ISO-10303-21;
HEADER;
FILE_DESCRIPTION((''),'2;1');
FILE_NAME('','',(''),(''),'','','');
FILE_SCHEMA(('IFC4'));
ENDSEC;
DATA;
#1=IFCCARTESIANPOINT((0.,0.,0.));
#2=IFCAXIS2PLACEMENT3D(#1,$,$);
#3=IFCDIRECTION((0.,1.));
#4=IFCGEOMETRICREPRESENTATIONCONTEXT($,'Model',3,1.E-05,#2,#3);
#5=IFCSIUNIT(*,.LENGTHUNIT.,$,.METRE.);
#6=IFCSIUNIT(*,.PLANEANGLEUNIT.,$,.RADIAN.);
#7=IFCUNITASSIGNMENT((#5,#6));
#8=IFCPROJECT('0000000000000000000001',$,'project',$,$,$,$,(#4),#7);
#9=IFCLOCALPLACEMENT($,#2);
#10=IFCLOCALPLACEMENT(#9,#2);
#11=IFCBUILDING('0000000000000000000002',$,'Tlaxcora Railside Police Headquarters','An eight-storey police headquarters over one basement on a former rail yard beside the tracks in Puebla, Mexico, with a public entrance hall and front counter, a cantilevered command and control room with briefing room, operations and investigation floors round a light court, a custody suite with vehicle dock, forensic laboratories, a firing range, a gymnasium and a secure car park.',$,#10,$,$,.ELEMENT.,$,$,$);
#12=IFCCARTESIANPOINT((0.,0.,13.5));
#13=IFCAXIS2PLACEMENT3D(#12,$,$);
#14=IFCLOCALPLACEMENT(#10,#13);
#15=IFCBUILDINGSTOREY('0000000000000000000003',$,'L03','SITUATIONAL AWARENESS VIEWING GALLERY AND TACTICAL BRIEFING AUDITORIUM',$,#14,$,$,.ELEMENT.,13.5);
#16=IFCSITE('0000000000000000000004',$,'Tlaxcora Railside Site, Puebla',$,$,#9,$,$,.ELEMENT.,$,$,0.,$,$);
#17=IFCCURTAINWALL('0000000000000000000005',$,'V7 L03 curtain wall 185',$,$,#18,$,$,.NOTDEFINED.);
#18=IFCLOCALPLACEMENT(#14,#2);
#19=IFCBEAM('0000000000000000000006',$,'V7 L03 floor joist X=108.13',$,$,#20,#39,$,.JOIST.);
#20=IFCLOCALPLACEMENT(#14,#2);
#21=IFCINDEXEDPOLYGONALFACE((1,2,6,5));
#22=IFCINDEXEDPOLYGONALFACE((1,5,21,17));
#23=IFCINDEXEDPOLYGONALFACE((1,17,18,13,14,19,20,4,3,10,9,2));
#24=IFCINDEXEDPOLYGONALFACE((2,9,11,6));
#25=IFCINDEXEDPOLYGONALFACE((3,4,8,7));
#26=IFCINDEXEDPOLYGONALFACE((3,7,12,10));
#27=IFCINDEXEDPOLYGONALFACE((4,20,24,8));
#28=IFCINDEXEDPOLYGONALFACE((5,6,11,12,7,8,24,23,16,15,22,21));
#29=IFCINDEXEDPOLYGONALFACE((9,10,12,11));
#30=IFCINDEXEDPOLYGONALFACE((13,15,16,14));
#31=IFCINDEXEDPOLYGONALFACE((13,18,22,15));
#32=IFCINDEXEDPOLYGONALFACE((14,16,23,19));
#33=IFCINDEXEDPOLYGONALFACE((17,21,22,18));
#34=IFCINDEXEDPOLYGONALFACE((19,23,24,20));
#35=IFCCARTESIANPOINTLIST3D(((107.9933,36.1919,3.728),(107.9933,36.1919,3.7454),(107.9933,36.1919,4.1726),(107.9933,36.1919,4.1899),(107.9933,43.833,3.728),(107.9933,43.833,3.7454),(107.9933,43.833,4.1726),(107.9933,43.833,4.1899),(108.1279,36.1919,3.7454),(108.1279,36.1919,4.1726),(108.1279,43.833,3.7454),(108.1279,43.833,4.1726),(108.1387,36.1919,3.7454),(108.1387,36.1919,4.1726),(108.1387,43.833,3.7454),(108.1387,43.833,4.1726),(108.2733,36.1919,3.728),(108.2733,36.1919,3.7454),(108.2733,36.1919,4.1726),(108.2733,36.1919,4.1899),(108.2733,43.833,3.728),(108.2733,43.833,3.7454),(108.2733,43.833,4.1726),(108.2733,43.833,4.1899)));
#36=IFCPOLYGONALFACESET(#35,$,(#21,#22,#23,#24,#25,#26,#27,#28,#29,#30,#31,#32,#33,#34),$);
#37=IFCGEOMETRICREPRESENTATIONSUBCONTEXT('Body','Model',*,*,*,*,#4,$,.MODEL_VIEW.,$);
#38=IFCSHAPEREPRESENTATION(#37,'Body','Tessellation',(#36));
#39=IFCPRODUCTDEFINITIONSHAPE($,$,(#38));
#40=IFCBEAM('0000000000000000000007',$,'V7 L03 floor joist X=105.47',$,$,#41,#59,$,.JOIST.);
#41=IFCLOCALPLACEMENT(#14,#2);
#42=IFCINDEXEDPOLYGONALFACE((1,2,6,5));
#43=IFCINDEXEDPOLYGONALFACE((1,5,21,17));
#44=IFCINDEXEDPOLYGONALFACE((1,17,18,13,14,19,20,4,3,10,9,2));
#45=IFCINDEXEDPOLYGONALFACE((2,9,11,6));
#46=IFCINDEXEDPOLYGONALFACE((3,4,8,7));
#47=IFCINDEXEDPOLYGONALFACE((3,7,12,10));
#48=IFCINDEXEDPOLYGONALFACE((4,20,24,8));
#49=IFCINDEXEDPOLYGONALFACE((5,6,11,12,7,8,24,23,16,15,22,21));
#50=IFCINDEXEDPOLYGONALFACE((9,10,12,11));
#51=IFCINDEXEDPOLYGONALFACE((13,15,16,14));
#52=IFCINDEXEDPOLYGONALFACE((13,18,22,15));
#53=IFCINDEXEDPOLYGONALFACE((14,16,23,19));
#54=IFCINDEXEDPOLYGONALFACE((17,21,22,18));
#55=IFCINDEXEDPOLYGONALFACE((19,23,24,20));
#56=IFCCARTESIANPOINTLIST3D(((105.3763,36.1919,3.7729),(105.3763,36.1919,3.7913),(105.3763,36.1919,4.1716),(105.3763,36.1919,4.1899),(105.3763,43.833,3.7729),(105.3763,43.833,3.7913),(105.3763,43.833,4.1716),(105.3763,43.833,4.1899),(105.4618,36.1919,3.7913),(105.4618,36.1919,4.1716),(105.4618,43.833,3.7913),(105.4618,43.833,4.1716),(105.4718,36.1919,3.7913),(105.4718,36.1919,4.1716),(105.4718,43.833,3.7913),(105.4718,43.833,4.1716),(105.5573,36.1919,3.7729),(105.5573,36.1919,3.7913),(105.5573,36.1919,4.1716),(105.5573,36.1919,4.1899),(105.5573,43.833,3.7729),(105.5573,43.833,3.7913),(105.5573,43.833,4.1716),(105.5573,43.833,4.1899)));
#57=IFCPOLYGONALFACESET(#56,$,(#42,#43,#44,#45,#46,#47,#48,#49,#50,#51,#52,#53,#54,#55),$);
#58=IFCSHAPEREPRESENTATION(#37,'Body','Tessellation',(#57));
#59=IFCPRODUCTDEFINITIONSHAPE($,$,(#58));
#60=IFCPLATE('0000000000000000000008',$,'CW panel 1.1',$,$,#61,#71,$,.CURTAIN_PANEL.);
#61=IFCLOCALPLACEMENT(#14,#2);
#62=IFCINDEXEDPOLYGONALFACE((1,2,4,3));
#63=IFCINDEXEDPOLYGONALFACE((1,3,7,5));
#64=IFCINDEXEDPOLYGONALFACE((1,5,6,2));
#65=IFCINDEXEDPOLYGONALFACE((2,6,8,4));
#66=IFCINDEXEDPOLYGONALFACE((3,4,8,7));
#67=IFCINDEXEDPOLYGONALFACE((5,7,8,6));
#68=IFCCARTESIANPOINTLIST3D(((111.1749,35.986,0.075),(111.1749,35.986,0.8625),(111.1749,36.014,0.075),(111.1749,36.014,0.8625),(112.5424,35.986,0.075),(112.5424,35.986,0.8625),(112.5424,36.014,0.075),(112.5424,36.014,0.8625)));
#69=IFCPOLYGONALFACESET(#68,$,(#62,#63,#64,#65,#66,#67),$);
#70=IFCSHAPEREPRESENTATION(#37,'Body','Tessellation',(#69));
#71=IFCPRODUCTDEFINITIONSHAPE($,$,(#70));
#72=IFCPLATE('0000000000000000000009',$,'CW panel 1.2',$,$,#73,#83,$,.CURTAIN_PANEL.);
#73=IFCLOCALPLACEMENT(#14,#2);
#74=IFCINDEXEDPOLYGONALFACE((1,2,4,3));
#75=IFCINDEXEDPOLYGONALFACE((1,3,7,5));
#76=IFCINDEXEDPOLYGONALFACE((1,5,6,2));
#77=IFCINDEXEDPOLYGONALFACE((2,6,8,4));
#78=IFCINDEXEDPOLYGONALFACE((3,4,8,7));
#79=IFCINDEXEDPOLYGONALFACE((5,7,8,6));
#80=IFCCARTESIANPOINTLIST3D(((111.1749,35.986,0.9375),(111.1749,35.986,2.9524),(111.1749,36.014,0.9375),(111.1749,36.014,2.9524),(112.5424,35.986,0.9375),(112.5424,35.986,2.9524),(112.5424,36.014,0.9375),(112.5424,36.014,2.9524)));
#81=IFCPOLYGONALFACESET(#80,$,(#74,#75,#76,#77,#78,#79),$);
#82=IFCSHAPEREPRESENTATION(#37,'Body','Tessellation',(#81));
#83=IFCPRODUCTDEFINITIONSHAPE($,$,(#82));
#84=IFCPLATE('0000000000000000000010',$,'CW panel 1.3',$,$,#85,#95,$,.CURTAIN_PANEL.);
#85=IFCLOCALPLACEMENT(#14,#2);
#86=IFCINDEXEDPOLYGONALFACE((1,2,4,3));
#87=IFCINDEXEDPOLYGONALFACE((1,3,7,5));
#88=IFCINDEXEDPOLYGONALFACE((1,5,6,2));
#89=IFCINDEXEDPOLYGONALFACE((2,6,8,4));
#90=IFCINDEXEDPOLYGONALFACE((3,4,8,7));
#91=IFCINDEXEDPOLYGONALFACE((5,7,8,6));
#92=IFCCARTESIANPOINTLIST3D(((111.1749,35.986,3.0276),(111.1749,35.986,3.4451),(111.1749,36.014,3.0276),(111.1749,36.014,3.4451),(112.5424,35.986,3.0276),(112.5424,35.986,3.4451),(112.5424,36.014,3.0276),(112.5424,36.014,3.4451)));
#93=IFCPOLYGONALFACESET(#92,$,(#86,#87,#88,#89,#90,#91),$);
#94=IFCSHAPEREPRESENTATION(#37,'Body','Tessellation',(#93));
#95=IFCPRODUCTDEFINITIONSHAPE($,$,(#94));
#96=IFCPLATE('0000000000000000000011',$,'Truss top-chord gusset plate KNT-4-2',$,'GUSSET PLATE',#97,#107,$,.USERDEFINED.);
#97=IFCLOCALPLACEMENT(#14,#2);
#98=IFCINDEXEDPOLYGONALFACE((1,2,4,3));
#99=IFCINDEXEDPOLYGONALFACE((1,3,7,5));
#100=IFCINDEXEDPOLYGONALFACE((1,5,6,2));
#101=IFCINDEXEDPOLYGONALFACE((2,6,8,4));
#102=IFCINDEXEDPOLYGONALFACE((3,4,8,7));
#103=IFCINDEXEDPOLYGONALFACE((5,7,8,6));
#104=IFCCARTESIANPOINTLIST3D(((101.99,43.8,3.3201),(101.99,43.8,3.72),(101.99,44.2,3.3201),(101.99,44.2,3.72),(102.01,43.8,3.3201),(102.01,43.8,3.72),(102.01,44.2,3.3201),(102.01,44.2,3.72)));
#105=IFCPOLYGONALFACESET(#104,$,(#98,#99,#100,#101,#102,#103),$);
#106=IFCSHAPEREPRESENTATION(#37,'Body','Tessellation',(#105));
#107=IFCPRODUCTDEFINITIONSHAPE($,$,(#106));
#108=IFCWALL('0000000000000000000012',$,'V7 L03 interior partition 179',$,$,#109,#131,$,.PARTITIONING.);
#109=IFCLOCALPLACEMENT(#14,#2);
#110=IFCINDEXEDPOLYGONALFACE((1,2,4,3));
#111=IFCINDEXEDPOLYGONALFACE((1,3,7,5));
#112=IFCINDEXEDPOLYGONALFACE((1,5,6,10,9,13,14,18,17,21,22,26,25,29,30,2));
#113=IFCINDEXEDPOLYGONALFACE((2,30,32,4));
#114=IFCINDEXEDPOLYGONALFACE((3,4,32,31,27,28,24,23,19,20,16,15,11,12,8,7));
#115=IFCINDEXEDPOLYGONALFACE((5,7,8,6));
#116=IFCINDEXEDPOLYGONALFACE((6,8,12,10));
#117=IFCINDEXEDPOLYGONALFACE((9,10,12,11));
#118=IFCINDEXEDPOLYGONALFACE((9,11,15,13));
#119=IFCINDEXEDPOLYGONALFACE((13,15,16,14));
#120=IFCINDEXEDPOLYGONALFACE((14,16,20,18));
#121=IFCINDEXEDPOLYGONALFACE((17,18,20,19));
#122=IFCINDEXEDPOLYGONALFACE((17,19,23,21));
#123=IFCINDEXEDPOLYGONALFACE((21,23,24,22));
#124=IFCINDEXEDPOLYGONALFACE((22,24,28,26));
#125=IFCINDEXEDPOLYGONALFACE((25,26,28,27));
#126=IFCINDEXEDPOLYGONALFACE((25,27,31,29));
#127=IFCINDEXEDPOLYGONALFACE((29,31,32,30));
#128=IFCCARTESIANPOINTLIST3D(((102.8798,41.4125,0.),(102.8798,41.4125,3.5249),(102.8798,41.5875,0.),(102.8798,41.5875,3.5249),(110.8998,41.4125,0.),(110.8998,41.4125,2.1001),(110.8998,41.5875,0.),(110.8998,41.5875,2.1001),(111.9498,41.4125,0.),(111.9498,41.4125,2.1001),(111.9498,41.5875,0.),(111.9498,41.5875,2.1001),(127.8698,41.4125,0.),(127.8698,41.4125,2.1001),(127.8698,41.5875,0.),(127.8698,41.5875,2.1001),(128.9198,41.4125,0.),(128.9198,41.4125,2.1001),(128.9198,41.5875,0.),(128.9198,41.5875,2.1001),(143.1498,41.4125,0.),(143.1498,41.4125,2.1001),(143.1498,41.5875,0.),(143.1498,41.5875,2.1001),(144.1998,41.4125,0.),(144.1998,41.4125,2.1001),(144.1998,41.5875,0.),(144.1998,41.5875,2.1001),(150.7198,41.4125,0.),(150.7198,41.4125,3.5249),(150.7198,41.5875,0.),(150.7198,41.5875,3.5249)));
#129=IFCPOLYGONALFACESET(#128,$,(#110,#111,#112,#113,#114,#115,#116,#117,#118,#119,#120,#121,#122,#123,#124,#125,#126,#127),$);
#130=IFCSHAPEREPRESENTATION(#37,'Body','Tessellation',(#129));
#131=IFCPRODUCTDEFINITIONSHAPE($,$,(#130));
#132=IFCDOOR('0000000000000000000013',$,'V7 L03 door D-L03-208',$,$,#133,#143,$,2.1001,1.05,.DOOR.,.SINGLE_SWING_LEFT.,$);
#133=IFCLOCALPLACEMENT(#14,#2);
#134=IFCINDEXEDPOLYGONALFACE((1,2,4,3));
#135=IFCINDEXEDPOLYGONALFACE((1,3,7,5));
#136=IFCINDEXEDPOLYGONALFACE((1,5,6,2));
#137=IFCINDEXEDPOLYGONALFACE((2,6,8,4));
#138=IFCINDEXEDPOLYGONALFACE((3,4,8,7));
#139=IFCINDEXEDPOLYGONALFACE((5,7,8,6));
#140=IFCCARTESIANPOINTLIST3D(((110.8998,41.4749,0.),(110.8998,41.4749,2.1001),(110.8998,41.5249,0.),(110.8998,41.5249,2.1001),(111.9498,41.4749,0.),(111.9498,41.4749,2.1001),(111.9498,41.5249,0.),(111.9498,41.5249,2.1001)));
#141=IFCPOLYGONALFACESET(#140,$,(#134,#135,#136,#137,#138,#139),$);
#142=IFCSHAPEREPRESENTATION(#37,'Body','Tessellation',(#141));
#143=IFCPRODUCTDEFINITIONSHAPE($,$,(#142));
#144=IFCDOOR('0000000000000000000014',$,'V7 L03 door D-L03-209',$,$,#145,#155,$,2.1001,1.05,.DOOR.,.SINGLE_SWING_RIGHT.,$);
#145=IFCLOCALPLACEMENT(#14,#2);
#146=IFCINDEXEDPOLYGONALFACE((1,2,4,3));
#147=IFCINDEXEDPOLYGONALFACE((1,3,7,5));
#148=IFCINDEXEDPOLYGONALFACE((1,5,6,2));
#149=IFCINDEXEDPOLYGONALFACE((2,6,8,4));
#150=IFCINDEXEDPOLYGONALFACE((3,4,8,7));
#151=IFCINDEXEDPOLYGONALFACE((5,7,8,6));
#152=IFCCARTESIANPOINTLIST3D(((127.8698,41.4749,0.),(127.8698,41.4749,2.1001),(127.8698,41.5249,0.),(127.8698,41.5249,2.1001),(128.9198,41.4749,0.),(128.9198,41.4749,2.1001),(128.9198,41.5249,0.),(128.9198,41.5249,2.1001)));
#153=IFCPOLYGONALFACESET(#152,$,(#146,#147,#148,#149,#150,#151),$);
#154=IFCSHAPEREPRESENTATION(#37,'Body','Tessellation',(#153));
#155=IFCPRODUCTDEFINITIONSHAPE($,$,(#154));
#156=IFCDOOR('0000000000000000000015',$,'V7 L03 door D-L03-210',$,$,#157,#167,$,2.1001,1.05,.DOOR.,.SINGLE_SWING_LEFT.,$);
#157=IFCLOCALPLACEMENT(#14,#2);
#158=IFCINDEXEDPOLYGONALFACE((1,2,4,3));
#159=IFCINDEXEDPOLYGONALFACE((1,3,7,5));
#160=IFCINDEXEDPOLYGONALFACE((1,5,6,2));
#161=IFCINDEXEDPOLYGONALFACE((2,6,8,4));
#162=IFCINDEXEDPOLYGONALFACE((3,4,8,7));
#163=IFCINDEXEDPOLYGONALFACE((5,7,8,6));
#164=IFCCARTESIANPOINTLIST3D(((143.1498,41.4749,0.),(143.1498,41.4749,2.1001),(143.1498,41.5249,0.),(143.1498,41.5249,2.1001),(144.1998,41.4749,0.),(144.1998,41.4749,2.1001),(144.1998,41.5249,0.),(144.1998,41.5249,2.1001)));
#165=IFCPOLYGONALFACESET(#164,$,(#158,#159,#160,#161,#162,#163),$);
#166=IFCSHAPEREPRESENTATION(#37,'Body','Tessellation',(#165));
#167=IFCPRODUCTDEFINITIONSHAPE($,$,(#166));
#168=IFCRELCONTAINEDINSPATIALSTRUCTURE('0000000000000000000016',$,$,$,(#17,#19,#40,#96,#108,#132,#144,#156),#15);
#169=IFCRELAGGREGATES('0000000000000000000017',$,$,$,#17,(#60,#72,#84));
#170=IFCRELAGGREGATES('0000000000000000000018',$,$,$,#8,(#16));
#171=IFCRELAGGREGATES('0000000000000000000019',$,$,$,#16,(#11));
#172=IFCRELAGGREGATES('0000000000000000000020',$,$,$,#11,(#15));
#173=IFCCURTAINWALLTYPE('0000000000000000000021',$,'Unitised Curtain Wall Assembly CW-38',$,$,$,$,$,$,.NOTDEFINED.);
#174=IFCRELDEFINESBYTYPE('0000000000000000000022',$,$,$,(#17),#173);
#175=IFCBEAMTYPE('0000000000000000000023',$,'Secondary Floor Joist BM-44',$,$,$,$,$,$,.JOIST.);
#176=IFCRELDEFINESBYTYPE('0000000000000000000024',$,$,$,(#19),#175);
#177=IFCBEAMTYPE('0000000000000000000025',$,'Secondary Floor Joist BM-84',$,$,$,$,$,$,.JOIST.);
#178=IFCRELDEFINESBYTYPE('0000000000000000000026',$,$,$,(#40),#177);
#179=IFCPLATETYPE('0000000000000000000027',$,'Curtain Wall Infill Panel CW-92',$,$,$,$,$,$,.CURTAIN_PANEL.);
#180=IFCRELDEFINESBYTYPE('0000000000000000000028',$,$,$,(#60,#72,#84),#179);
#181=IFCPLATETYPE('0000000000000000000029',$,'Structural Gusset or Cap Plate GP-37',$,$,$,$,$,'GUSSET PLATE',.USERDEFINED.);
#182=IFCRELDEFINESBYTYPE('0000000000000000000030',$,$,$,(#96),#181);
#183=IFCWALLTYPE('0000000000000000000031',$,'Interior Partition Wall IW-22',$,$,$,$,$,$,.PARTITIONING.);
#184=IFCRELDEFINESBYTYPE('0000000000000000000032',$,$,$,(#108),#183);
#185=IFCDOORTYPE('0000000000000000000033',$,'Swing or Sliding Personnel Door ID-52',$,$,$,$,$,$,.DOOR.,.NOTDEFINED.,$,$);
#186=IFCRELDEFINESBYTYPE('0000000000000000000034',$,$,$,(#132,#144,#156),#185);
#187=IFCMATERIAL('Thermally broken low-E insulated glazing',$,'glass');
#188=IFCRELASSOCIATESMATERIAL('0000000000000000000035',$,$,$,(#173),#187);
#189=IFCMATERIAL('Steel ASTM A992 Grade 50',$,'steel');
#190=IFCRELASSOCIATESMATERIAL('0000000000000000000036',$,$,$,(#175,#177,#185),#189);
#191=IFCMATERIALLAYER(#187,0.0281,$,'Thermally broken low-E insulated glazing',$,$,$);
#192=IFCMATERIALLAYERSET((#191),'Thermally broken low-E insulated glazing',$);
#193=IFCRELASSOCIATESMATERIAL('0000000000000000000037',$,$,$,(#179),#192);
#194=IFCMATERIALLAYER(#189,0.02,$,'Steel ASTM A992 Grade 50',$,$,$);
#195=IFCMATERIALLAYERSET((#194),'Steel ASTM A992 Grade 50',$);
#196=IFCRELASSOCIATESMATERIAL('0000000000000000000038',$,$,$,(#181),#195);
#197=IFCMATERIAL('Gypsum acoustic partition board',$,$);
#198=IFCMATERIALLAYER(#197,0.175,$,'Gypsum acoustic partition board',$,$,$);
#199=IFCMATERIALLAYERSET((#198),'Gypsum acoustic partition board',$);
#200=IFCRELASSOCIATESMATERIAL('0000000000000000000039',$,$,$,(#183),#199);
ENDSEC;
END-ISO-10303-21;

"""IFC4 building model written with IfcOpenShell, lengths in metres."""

from ifc_helpers import new_model, si_unit, direction, frame, frame_2d, origin, origin_2d, place, context, subcontext, project, spatial, rectangle, i_section, extrude, material, layer, layer_set, material_profile, profile_set, type_object, element, fill, aggregate, save


model = new_model("IFC4")

# Units and contexts
model_context = context("Model", 3, precision=1e-05, world=origin(), true_north=direction((0.0, 1.0)))
body_context = subcontext(model_context, "Body", "Model", "MODEL_VIEW")
ifc_project = project(units=[si_unit("LENGTHUNIT", "METRE"), si_unit("PLANEANGLEUNIT", "RADIAN")], contexts=[model_context])

# Site, building, storey
site_placement = place(None, origin())
site = spatial("IfcSite", under=ifc_project, at=site_placement, Name="Tlaxcora Railside Site, Puebla", CompositionType="ELEMENT", RefElevation=0.0)
building_placement = place(site_placement, origin())
building = spatial("IfcBuilding", under=site, at=building_placement, Name="Tlaxcora Railside Police Headquarters", Description="An eight-storey police headquarters over one basement on a former rail yard beside the tracks in Puebla, Mexico, with a public entrance hall and front counter, a cantilevered command and control room with briefing room, operations and investigation floors round a light court, a custody suite with vehicle dock, forensic laboratories, a firing range, a gymnasium and a secure car park.", CompositionType="ELEMENT")
storey_placement = place(building_placement, frame((0.0, 0.0, 13.5)))
storey = spatial("IfcBuildingStorey", under=building, at=storey_placement, Name="L03", Description="SITUATIONAL AWARENESS VIEWING GALLERY AND TACTICAL BRIEFING AUDITORIUM", CompositionType="ELEMENT", Elevation=13.5)

# Curtain wall
ifc_material_1 = material(Name="Thermally broken low-E insulated glazing", Category="glass")
curtain_wall_type = type_object("IfcCurtainWallType", Name="Unitised Curtain Wall Assembly CW-38", PredefinedType="NOTDEFINED", material=ifc_material_1)
curtain_wall_placement = place(storey_placement, origin())
curtain_wall = element("IfcCurtainWall", 1, at=curtain_wall_placement, inside=storey, type_object=curtain_wall_type, Name="V7 L03 curtain wall 185", PredefinedType="NOTDEFINED")

# Shared definitions
ifc_material_2 = material(Name="Steel ASTM A992 Grade 50", Category="steel")

# Beams
ifc_material_profile_1 = material_profile(ifc_material_2, i_section(OverallWidth=0.28, OverallDepth=0.4619, WebThickness=0.0107, FlangeThickness=0.0173, at=origin_2d()), Name="W18X76")
ifc_profile_set_1 = profile_set([ifc_material_profile_1], Name="Steel ASTM A992 Grade 50")
beam_type_1 = type_object("IfcBeamType", Name="Secondary Floor Joist BM-44", PredefinedType="JOIST", material=ifc_profile_set_1)
beam_1_placement = place(storey_placement, frame((108.1333, 36.1919, 3.959), z_axis=(0.0, 1.0, 0.0), x_axis=(-1.0, 0.0, 0.0)))
element("IfcBeam", 2, at=beam_1_placement, inside=storey, type_object=beam_type_1, Name="V7 L03 floor joist X=108.13", PredefinedType="JOIST", context=body_context, shape_type="SweptSolid", body=[
    extrude(i_section(OverallWidth=0.28, OverallDepth=0.4619, WebThickness=0.0107, FlangeThickness=0.0173, at=origin_2d()), origin(), (0.0, 0.0, 1.0), 7.6411),
])
ifc_material_profile_2 = material_profile(ifc_material_2, i_section(OverallWidth=0.1809, OverallDepth=0.417, WebThickness=0.01, FlangeThickness=0.0183, at=origin_2d()), Name="W16X57")
ifc_profile_set_2 = profile_set([ifc_material_profile_2], Name="Steel ASTM A992 Grade 50")
beam_type_2 = type_object("IfcBeamType", Name="Secondary Floor Joist BM-84", PredefinedType="JOIST", material=ifc_profile_set_2)
beam_2_placement = place(storey_placement, frame((105.4668, 36.1919, 3.9814), z_axis=(0.0, 1.0, 0.0), x_axis=(-1.0, 0.0, 0.0)))
element("IfcBeam", 3, at=beam_2_placement, inside=storey, type_object=beam_type_2, Name="V7 L03 floor joist X=105.47", PredefinedType="JOIST", context=body_context, shape_type="SweptSolid", body=[
    extrude(i_section(OverallWidth=0.1809, OverallDepth=0.417, WebThickness=0.01, FlangeThickness=0.0183, at=origin_2d()), origin(), (0.0, 0.0, 1.0), 7.6411),
])

# Plates
ifc_layer_1 = layer(ifc_material_1, 0.0281, Name="Thermally broken low-E insulated glazing")
ifc_layer_set_1 = layer_set([ifc_layer_1], Name="Thermally broken low-E insulated glazing")
plate_type_1 = type_object("IfcPlateType", Name="Curtain Wall Infill Panel CW-92", PredefinedType="CURTAIN_PANEL", material=ifc_layer_set_1)
plate_1_placement = place(storey_placement, frame((111.8586, 36.0, 0.075), z_axis=(0.0, 0.0, 1.0), x_axis=(1.0, 0.0, 0.0)))
plate_1 = element("IfcPlate", 4, at=plate_1_placement, type_object=plate_type_1, Name="CW panel 1.1", PredefinedType="CURTAIN_PANEL", context=body_context, shape_type="SweptSolid", body=[
    extrude(rectangle(XDim=1.3674, YDim=0.0281, at=origin_2d()), origin(), (0.0, 0.0, 1.0), 0.7876),
])
plate_2_placement = place(storey_placement, frame((111.8586, 36.0, 0.9375), z_axis=(0.0, 0.0, 1.0), x_axis=(1.0, 0.0, 0.0)))
plate_2 = element("IfcPlate", 5, at=plate_2_placement, type_object=plate_type_1, Name="CW panel 1.2", PredefinedType="CURTAIN_PANEL", context=body_context, shape_type="SweptSolid", body=[
    extrude(rectangle(XDim=1.3674, YDim=0.0281, at=origin_2d()), origin(), (0.0, 0.0, 1.0), 2.0149),
])
plate_3_placement = place(storey_placement, frame((111.8586, 36.0, 3.0276), z_axis=(0.0, 0.0, 1.0), x_axis=(1.0, 0.0, 0.0)))
plate_3 = element("IfcPlate", 6, at=plate_3_placement, type_object=plate_type_1, Name="CW panel 1.3", PredefinedType="CURTAIN_PANEL", context=body_context, shape_type="SweptSolid", body=[
    extrude(rectangle(XDim=1.3674, YDim=0.0281, at=origin_2d()), origin(), (0.0, 0.0, 1.0), 0.4175),
])
aggregate(curtain_wall, [plate_1, plate_2, plate_3])
ifc_layer_2 = layer(ifc_material_2, 0.02, Name="Steel ASTM A992 Grade 50")
ifc_layer_set_2 = layer_set([ifc_layer_2], Name="Steel ASTM A992 Grade 50")
plate_type_2 = type_object("IfcPlateType", Name="Structural Gusset or Cap Plate GP-37", ElementType="GUSSET PLATE", PredefinedType="USERDEFINED", material=ifc_layer_set_2)
plate_4_placement = place(storey_placement, frame((102.0, 44.0, 3.3201), z_axis=(0.0, 0.0, 1.0), x_axis=(0.0, 1.0, 0.0)))
element("IfcPlate", 7, at=plate_4_placement, inside=storey, type_object=plate_type_2, Name="Truss top-chord gusset plate KNT-4-2", ObjectType="GUSSET PLATE", PredefinedType="USERDEFINED", context=body_context, shape_type="SweptSolid", body=[
    extrude(rectangle(XDim=0.3999, YDim=0.02, at=origin_2d()), origin(), (0.0, 0.0, 1.0), 0.3999),
])

# Wall, openings, doors
ifc_material_3 = material(Name="Gypsum acoustic partition board")
ifc_layer_3 = layer(ifc_material_3, 0.175, Name="Gypsum acoustic partition board")
ifc_layer_set_3 = layer_set([ifc_layer_3], Name="Gypsum acoustic partition board")
wall_type_1 = type_object("IfcWallType", Name="Interior Partition Wall IW-22", PredefinedType="PARTITIONING", material=ifc_layer_set_3)
wall_1_placement = place(storey_placement, frame((102.8799, 41.5, 0.0), z_axis=(0.0, 0.0, 1.0), x_axis=(1.0, 0.0, 0.0)))
wall_1 = element("IfcWall", 8, at=wall_1_placement, inside=storey, type_object=wall_type_1, Name="V7 L03 interior partition 179", PredefinedType="PARTITIONING", context=body_context, shape_type="SweptSolid", body=[
    extrude(rectangle(XDim=47.8401, YDim=0.175, at=frame_2d((23.9199, 0.0))), origin(), (0.0, 0.0, 1.0), 3.5249),
])
opening_1_placement = place(wall_1_placement, frame((8.02, 0.0, 0.0)))
opening_1 = element("IfcOpeningElement", 9, at=opening_1_placement, cuts=wall_1, PredefinedType="OPENING", context=body_context, shape_type="SweptSolid", body=[
    extrude(rectangle(XDim=1.05, YDim=2.1001, at=frame_2d((0.5249, 1.05))), frame((0.0, 0.0977, 0.0), z_axis=(0.0, -1.0, 0.0), x_axis=(1.0, 0.0, 0.0)), (0.0, 0.0, 1.0), 0.1951),
])
opening_2_placement = place(wall_1_placement, frame((24.99, 0.0, 0.0)))
opening_2 = element("IfcOpeningElement", 10, at=opening_2_placement, cuts=wall_1, PredefinedType="OPENING", context=body_context, shape_type="SweptSolid", body=[
    extrude(rectangle(XDim=1.05, YDim=2.1001, at=frame_2d((0.5249, 1.05))), frame((0.0, 0.0977, 0.0), z_axis=(0.0, -1.0, 0.0), x_axis=(1.0, 0.0, 0.0)), (0.0, 0.0, 1.0), 0.1951),
])
opening_3_placement = place(wall_1_placement, frame((40.27, 0.0, 0.0)))
opening_3 = element("IfcOpeningElement", 11, at=opening_3_placement, cuts=wall_1, PredefinedType="OPENING", context=body_context, shape_type="SweptSolid", body=[
    extrude(rectangle(XDim=1.05, YDim=2.1001, at=frame_2d((0.5249, 1.05))), frame((0.0, 0.0977, 0.0), z_axis=(0.0, -1.0, 0.0), x_axis=(1.0, 0.0, 0.0)), (0.0, 0.0, 1.0), 0.1951),
])
door_type = type_object("IfcDoorType", Name="Swing or Sliding Personnel Door ID-52", OperationType="NOTDEFINED", PredefinedType="DOOR", material=ifc_material_2)
door_1_placement = place(opening_1_placement, origin())
door_1 = element("IfcDoor", 12, at=door_1_placement, inside=storey, type_object=door_type, Name="V7 L03 door D-L03-208", OperationType="SINGLE_SWING_LEFT", OverallHeight=2.1001, OverallWidth=1.05, PredefinedType="DOOR", context=body_context, shape_type="SweptSolid", body=[
    extrude(rectangle(XDim=1.05, YDim=2.1001, at=frame_2d((0.5249, 1.05))), frame((0.0, 0.0249, 0.0), z_axis=(0.0, -1.0, 0.0), x_axis=(1.0, 0.0, 0.0)), (0.0, 0.0, 1.0), 0.05),
])
fill(opening_1, door_1)
door_2_placement = place(opening_2_placement, origin())
door_2 = element("IfcDoor", 13, at=door_2_placement, inside=storey, type_object=door_type, Name="V7 L03 door D-L03-209", OperationType="SINGLE_SWING_RIGHT", OverallHeight=2.1001, OverallWidth=1.05, PredefinedType="DOOR", context=body_context, shape_type="SweptSolid", body=[
    extrude(rectangle(XDim=1.05, YDim=2.1001, at=frame_2d((0.5249, 1.05))), frame((0.0, 0.0249, 0.0), z_axis=(0.0, -1.0, 0.0), x_axis=(1.0, 0.0, 0.0)), (0.0, 0.0, 1.0), 0.05),
])
fill(opening_2, door_2)
door_3_placement = place(opening_3_placement, origin())
door_3 = element("IfcDoor", 14, at=door_3_placement, inside=storey, type_object=door_type, Name="V7 L03 door D-L03-210", OperationType="SINGLE_SWING_LEFT", OverallHeight=2.1001, OverallWidth=1.05, PredefinedType="DOOR", context=body_context, shape_type="SweptSolid", body=[
    extrude(rectangle(XDim=1.05, YDim=2.1001, at=frame_2d((0.5249, 1.05))), frame((0.0, 0.0249, 0.0), z_axis=(0.0, -1.0, 0.0), x_axis=(1.0, 0.0, 0.0)), (0.0, 0.0, 1.0), 0.05),
])
fill(opening_3, door_3)

save(model, "model.ifc")
